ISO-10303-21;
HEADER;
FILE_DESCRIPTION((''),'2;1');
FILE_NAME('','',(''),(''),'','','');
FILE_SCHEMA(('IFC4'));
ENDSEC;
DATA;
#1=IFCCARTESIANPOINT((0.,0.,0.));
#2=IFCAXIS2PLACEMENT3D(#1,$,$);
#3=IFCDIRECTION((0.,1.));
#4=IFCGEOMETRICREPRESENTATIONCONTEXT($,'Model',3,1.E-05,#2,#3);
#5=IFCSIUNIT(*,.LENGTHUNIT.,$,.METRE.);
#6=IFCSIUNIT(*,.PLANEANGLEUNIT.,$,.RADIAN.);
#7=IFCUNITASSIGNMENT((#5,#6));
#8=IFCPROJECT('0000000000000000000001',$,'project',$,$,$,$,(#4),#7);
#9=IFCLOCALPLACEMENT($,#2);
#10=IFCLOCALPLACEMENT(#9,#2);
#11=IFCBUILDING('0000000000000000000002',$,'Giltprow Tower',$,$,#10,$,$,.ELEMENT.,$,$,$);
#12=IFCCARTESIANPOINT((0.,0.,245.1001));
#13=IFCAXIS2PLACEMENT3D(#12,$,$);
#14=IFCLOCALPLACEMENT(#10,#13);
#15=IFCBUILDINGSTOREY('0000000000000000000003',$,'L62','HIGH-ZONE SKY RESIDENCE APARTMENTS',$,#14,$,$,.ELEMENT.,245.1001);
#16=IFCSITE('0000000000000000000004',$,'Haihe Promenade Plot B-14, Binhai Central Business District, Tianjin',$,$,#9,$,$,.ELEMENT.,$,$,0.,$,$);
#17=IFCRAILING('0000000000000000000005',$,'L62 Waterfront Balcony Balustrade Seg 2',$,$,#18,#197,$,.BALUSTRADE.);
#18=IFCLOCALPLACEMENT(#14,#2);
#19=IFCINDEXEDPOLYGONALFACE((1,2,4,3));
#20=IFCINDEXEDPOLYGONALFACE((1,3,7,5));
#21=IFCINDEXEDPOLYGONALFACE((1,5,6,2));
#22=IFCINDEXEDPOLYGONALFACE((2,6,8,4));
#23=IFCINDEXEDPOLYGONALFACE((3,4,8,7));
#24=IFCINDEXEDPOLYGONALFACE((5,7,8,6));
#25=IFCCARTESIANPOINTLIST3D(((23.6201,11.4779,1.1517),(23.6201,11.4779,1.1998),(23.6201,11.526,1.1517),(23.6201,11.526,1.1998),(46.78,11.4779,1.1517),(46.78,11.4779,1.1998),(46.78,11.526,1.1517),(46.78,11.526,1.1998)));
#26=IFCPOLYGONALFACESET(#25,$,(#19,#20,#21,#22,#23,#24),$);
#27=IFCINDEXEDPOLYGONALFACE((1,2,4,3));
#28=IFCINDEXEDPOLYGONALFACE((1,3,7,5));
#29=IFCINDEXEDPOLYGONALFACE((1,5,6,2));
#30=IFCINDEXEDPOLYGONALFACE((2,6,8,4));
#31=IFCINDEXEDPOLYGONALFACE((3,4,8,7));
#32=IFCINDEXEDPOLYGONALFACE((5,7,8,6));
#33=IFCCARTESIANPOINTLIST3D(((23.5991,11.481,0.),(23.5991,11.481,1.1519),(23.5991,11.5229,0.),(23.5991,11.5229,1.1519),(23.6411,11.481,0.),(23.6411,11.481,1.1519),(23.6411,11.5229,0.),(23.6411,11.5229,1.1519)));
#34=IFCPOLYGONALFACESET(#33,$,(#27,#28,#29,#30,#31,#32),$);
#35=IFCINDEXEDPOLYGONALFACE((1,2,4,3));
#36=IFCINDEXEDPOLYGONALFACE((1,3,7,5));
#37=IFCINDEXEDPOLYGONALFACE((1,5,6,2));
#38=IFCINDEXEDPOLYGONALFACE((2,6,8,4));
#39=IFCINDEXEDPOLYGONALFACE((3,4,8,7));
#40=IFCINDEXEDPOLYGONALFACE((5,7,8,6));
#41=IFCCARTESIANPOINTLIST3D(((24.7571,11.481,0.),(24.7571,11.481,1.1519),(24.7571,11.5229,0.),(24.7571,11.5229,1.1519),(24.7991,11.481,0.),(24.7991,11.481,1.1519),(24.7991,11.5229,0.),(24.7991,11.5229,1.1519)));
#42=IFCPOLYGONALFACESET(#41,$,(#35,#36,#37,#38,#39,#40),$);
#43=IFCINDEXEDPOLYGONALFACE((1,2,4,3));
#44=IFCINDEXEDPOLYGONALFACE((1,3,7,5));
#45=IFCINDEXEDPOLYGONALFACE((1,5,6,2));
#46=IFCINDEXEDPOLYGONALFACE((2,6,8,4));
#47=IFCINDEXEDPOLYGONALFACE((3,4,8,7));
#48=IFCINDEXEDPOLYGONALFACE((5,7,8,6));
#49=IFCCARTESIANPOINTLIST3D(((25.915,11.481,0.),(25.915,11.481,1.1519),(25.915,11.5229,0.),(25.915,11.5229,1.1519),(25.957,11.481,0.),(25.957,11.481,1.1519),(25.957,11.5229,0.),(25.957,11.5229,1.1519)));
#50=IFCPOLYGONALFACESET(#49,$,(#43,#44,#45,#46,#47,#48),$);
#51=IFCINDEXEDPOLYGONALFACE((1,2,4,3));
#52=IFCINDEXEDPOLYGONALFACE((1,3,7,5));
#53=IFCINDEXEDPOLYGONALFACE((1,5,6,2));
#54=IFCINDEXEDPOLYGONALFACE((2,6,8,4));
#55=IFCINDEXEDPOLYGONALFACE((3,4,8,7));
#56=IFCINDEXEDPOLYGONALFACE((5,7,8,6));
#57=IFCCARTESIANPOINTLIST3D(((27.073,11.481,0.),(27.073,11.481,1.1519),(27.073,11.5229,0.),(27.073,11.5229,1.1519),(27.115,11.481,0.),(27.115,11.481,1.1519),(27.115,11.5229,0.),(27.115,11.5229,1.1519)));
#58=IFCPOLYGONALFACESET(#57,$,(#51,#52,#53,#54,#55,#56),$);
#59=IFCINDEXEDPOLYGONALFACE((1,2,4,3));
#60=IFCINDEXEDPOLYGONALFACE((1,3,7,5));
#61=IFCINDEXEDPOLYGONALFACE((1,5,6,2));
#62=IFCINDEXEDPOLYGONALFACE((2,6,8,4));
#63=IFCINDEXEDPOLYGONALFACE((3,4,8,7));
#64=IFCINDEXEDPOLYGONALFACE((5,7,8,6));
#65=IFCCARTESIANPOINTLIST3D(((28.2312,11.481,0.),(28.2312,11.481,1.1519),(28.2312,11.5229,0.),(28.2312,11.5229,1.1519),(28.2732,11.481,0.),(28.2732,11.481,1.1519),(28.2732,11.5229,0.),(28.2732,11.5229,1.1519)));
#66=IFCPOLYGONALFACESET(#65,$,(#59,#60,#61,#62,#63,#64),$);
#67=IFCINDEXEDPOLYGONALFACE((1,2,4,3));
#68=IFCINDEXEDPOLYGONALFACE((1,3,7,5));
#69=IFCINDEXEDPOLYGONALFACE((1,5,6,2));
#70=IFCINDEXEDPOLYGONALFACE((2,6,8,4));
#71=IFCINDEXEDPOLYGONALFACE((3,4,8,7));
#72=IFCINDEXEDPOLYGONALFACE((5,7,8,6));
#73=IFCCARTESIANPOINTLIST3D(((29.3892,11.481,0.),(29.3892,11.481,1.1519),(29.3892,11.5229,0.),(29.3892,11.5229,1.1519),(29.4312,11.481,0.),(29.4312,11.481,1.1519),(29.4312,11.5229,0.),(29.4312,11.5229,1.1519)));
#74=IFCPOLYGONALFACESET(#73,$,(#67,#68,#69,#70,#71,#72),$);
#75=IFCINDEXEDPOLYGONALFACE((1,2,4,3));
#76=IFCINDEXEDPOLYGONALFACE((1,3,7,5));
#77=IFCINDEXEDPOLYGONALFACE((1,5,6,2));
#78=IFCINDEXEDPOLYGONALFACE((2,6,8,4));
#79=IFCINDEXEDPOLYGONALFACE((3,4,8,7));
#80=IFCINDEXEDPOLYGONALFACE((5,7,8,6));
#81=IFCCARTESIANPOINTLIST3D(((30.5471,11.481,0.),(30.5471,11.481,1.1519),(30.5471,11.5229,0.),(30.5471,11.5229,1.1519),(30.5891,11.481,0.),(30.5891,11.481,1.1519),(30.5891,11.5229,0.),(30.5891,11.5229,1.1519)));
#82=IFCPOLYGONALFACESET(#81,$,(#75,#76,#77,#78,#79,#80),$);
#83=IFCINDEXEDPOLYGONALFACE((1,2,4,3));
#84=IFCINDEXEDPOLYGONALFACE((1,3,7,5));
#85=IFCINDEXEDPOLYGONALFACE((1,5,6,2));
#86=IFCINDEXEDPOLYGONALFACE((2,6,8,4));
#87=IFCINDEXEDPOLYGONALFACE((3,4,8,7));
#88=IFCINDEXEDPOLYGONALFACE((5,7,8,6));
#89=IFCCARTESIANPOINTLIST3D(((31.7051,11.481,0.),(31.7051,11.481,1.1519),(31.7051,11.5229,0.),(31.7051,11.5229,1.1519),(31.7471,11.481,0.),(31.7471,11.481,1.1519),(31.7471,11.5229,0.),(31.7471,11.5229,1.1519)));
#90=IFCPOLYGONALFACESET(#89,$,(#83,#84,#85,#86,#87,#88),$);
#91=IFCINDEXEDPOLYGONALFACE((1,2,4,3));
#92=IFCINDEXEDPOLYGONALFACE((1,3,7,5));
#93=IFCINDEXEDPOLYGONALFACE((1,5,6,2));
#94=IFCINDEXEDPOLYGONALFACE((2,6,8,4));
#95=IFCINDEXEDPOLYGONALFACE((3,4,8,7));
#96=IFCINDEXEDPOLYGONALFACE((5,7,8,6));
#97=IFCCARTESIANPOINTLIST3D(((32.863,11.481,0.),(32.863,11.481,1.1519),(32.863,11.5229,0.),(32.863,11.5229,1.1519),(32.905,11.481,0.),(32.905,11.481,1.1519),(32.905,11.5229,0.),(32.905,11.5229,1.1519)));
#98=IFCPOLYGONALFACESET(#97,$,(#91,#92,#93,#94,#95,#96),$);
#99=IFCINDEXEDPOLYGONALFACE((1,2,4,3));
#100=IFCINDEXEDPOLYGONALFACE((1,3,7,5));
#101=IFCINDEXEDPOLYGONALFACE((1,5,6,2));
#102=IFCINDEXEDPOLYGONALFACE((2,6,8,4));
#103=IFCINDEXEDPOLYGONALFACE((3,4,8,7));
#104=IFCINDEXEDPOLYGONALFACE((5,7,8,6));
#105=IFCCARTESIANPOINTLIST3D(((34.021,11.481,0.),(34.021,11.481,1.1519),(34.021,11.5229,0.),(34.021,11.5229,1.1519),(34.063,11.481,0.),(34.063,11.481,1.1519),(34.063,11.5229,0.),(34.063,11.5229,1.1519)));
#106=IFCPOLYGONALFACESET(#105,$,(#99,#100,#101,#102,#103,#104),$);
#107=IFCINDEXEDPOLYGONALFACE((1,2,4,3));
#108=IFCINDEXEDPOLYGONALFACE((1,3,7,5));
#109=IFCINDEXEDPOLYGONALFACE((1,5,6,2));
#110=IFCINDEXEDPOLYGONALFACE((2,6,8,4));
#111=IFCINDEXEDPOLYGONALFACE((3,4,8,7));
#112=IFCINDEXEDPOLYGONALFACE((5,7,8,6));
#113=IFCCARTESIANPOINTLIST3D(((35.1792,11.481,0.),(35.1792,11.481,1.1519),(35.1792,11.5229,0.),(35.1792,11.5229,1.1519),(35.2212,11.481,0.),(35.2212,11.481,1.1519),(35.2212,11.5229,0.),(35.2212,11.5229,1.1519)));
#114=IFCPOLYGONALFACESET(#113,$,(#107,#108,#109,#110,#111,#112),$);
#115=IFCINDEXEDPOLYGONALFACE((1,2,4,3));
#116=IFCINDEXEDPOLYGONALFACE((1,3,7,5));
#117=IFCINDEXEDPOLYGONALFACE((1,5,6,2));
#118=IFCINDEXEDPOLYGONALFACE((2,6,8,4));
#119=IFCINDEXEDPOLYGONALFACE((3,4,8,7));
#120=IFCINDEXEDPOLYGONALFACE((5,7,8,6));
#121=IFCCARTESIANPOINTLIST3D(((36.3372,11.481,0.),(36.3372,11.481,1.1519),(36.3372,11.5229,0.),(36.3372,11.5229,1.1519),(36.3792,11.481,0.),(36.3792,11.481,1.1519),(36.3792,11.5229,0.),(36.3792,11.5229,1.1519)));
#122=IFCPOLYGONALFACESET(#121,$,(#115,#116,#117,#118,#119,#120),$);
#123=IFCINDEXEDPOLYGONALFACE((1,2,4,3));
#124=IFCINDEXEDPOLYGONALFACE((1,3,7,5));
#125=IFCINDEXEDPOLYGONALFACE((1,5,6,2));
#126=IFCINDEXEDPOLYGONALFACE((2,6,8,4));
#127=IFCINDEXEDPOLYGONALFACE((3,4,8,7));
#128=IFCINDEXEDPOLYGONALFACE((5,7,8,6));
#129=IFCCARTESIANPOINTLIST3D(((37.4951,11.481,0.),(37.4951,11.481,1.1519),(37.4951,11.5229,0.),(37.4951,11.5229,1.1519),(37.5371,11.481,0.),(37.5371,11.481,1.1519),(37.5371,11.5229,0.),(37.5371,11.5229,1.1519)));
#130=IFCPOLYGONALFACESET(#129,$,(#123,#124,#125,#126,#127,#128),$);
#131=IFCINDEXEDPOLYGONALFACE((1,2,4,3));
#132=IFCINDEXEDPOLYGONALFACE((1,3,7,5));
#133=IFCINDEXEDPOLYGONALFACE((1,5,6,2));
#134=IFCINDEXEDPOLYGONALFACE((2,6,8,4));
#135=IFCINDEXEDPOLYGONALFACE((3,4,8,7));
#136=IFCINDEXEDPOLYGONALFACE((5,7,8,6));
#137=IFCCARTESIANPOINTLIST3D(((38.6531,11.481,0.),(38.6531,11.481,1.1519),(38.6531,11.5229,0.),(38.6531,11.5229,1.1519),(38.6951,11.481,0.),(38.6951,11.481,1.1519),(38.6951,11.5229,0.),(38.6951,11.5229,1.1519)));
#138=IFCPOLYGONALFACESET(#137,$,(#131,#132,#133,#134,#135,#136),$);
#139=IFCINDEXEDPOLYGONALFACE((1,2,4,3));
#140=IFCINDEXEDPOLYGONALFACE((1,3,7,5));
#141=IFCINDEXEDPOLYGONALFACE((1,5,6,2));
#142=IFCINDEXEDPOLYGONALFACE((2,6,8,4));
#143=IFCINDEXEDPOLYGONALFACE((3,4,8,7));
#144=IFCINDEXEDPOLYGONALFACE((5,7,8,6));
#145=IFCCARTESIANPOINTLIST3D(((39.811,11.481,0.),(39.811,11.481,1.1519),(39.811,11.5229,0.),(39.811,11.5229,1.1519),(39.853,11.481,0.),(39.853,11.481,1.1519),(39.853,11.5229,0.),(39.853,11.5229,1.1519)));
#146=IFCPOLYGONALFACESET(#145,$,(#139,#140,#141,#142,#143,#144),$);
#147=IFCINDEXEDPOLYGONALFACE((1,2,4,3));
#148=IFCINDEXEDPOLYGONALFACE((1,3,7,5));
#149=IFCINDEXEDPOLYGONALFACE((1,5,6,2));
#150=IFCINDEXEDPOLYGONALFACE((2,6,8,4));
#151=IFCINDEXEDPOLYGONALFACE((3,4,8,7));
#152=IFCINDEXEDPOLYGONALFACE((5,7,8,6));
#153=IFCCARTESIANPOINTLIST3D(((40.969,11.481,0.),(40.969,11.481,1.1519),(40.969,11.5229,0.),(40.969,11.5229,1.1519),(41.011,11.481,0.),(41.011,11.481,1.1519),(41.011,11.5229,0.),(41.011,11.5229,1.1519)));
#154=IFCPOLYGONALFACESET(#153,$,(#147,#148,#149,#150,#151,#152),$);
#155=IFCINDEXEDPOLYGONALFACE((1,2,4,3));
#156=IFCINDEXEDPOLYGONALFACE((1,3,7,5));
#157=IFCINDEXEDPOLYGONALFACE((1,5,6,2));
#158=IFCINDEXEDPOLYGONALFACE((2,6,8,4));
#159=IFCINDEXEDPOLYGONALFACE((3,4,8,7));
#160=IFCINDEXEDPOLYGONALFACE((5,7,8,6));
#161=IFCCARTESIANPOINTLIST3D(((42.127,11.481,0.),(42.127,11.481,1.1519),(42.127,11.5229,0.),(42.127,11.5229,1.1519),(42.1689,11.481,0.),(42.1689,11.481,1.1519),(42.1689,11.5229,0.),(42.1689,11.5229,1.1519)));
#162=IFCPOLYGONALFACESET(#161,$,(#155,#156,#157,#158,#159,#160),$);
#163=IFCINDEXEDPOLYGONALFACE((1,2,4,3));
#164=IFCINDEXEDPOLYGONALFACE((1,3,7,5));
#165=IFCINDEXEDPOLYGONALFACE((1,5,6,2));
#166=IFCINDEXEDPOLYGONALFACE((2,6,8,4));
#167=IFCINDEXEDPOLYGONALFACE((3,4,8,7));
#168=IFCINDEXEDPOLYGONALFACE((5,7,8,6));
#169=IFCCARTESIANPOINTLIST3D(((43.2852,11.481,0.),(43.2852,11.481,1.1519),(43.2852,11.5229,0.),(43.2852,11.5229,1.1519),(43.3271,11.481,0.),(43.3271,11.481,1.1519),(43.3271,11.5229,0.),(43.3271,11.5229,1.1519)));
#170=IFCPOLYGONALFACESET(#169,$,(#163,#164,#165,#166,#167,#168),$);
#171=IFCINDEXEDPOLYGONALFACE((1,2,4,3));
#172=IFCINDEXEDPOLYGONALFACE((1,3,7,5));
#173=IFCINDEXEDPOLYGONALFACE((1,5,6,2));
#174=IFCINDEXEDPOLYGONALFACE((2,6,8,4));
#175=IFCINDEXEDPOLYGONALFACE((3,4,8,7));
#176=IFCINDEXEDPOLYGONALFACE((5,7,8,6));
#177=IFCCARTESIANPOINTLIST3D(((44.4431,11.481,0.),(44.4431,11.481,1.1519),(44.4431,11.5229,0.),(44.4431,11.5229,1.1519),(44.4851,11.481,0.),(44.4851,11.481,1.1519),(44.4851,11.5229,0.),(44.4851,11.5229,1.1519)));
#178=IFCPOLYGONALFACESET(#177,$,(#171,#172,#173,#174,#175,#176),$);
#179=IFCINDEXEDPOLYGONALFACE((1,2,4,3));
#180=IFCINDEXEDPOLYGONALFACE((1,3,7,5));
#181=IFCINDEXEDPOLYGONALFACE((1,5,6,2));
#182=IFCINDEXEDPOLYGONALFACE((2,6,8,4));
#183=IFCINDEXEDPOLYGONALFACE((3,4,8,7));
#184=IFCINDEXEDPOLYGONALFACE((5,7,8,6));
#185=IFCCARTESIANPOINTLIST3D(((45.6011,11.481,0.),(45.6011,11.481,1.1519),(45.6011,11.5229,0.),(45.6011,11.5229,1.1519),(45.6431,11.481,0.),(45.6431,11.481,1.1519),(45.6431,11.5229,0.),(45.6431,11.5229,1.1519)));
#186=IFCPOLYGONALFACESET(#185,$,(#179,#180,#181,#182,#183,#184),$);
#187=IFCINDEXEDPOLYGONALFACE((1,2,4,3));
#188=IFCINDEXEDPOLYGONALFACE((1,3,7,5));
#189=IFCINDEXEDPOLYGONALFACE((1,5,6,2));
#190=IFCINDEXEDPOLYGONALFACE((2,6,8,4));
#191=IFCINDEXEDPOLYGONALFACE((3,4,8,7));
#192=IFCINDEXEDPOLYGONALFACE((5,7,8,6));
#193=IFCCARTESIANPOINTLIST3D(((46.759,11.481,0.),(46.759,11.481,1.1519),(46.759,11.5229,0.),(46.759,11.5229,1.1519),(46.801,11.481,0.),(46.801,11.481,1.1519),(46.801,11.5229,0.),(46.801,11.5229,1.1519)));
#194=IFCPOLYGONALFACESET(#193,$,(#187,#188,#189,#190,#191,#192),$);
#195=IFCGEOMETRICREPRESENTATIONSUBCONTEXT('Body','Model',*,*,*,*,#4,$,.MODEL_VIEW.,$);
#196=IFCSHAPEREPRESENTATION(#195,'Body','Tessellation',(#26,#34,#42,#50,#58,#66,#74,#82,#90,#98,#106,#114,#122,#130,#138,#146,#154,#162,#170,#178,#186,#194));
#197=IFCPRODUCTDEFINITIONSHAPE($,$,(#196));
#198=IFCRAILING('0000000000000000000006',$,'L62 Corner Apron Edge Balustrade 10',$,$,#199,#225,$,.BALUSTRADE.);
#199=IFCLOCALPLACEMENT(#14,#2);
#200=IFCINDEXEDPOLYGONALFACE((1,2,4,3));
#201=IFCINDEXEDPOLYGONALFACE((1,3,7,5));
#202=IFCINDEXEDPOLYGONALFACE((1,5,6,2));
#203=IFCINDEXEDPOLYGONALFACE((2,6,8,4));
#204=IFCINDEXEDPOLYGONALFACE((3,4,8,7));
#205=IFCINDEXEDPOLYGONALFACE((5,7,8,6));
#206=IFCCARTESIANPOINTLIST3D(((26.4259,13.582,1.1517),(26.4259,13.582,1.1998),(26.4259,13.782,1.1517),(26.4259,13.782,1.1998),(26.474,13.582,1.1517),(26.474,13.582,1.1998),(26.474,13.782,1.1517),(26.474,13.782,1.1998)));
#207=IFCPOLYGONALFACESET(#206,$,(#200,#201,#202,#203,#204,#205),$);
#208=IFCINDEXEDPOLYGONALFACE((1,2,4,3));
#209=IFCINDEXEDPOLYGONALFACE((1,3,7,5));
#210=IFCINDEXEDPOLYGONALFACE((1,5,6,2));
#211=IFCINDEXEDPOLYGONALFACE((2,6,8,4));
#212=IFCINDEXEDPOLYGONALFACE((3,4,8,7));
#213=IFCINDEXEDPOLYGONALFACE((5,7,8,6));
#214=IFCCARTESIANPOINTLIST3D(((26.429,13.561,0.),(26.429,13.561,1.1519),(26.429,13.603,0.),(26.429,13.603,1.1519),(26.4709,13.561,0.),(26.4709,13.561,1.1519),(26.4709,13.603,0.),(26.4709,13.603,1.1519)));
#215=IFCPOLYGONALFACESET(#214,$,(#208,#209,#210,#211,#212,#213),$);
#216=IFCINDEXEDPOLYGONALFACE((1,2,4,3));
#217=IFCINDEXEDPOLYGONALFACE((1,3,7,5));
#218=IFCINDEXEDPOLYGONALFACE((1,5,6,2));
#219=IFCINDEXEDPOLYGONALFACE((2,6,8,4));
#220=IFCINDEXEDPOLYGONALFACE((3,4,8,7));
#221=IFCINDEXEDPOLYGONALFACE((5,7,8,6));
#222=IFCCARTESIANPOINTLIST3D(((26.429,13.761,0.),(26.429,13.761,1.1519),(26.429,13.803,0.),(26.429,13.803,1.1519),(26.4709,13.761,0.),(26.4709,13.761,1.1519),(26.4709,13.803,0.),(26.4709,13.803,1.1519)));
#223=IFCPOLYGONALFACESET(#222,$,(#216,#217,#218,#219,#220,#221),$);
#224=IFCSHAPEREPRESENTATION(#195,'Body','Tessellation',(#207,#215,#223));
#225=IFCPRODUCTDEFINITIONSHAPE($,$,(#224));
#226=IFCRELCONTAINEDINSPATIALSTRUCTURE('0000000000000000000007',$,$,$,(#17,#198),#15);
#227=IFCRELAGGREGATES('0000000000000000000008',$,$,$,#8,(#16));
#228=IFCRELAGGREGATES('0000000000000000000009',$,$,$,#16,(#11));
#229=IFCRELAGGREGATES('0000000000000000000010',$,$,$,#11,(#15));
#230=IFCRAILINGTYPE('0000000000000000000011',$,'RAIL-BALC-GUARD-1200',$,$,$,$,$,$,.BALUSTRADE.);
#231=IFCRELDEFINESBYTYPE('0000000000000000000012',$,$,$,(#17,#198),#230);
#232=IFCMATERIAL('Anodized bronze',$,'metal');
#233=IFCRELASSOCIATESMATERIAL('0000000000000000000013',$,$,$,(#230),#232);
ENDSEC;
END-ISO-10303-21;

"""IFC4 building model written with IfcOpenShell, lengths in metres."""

from ifc_helpers import new_model, si_unit, direction, frame, origin, origin_2d, place, context, subcontext, project, spatial, rectangle, extrude, material, type_object, element, save


model = new_model("IFC4")

# Units and contexts
model_context = context("Model", 3, precision=1e-05, world=origin(), true_north=direction((0.0, 1.0)))
body_context = subcontext(model_context, "Body", "Model", "MODEL_VIEW")
ifc_project = project(units=[si_unit("LENGTHUNIT", "METRE"), si_unit("PLANEANGLEUNIT", "RADIAN")], contexts=[model_context])

# Site, building, storey
site_placement = place(None, origin())
site = spatial("IfcSite", under=ifc_project, at=site_placement, Name="Haihe Promenade Plot B-14, Binhai Central Business District, Tianjin", CompositionType="ELEMENT", RefElevation=0.0)
building_placement = place(site_placement, origin())
building = spatial("IfcBuilding", under=site, at=building_placement, Name="Giltprow Tower", CompositionType="ELEMENT")
storey_placement = place(building_placement, frame((0.0, 0.0, 245.1001)))
storey = spatial("IfcBuildingStorey", under=building, at=storey_placement, Name="L62", Description="HIGH-ZONE SKY RESIDENCE APARTMENTS", CompositionType="ELEMENT", Elevation=245.1001)

# Railings
ifc_material_1 = material(Name="Anodized bronze", Category="metal")
railing_type = type_object("IfcRailingType", Name="RAIL-BALC-GUARD-1200", PredefinedType="BALUSTRADE", material=ifc_material_1)
railing_1_placement = place(storey_placement, frame((23.6201, 11.502, 0.0)))
element("IfcRailing", 1, at=railing_1_placement, inside=storey, type_object=railing_type, Name="L62 Waterfront Balcony Balustrade Seg 2", PredefinedType="BALUSTRADE", context=body_context, shape_type="SweptSolid", body=[
    extrude(rectangle(XDim=0.0481, YDim=0.0481, at=origin_2d()), frame((0.0, 0.0, 1.1758), z_axis=(1.0, 0.0, 0.0), x_axis=(0.0, 1.0, 0.0)), (0.0, 0.0, 1.0), 23.1599),
    extrude(rectangle(XDim=0.042, YDim=0.042, at=origin_2d()), origin(), (0.0, 0.0, 1.0), 1.1519),
    extrude(rectangle(XDim=0.042, YDim=0.042, at=origin_2d()), frame((1.158, 0.0, 0.0)), (0.0, 0.0, 1.0), 1.1519),
    extrude(rectangle(XDim=0.042, YDim=0.042, at=origin_2d()), frame((2.3159, 0.0, 0.0)), (0.0, 0.0, 1.0), 1.1519),
    extrude(rectangle(XDim=0.042, YDim=0.042, at=origin_2d()), frame((3.4739, 0.0, 0.0)), (0.0, 0.0, 1.0), 1.1519),
    extrude(rectangle(XDim=0.042, YDim=0.042, at=origin_2d()), frame((4.6321, 0.0, 0.0)), (0.0, 0.0, 1.0), 1.1519),
    extrude(rectangle(XDim=0.042, YDim=0.042, at=origin_2d()), frame((5.79, 0.0, 0.0)), (0.0, 0.0, 1.0), 1.1519),
    extrude(rectangle(XDim=0.042, YDim=0.042, at=origin_2d()), frame((6.948, 0.0, 0.0)), (0.0, 0.0, 1.0), 1.1519),
    extrude(rectangle(XDim=0.042, YDim=0.042, at=origin_2d()), frame((8.106, 0.0, 0.0)), (0.0, 0.0, 1.0), 1.1519),
    extrude(rectangle(XDim=0.042, YDim=0.042, at=origin_2d()), frame((9.2639, 0.0, 0.0)), (0.0, 0.0, 1.0), 1.1519),
    extrude(rectangle(XDim=0.042, YDim=0.042, at=origin_2d()), frame((10.4219, 0.0, 0.0)), (0.0, 0.0, 1.0), 1.1519),
    extrude(rectangle(XDim=0.042, YDim=0.042, at=origin_2d()), frame((11.5801, 0.0, 0.0)), (0.0, 0.0, 1.0), 1.1519),
    extrude(rectangle(XDim=0.042, YDim=0.042, at=origin_2d()), frame((12.738, 0.0, 0.0)), (0.0, 0.0, 1.0), 1.1519),
    extrude(rectangle(XDim=0.042, YDim=0.042, at=origin_2d()), frame((13.896, 0.0, 0.0)), (0.0, 0.0, 1.0), 1.1519),
    extrude(rectangle(XDim=0.042, YDim=0.042, at=origin_2d()), frame((15.054, 0.0, 0.0)), (0.0, 0.0, 1.0), 1.1519),
    extrude(rectangle(XDim=0.042, YDim=0.042, at=origin_2d()), frame((16.2119, 0.0, 0.0)), (0.0, 0.0, 1.0), 1.1519),
    extrude(rectangle(XDim=0.042, YDim=0.042, at=origin_2d()), frame((17.3699, 0.0, 0.0)), (0.0, 0.0, 1.0), 1.1519),
    extrude(rectangle(XDim=0.042, YDim=0.042, at=origin_2d()), frame((18.5278, 0.0, 0.0)), (0.0, 0.0, 1.0), 1.1519),
    extrude(rectangle(XDim=0.042, YDim=0.042, at=origin_2d()), frame((19.686, 0.0, 0.0)), (0.0, 0.0, 1.0), 1.1519),
    extrude(rectangle(XDim=0.042, YDim=0.042, at=origin_2d()), frame((20.844, 0.0, 0.0)), (0.0, 0.0, 1.0), 1.1519),
    extrude(rectangle(XDim=0.042, YDim=0.042, at=origin_2d()), frame((22.002, 0.0, 0.0)), (0.0, 0.0, 1.0), 1.1519),
    extrude(rectangle(XDim=0.042, YDim=0.042, at=origin_2d()), frame((23.1599, 0.0, 0.0)), (0.0, 0.0, 1.0), 1.1519),
])
railing_2_placement = place(storey_placement, frame((26.45, 13.582, 0.0)))
element("IfcRailing", 2, at=railing_2_placement, inside=storey, type_object=railing_type, Name="L62 Corner Apron Edge Balustrade 10", PredefinedType="BALUSTRADE", context=body_context, shape_type="SweptSolid", body=[
    extrude(rectangle(XDim=0.0481, YDim=0.0481, at=origin_2d()), frame((0.0, 0.0, 1.1758), z_axis=(0.0, 1.0, 0.0), x_axis=(-1.0, 0.0, 0.0)), (0.0, 0.0, 1.0), 0.2),
    extrude(rectangle(XDim=0.042, YDim=0.042, at=origin_2d()), origin(), (0.0, 0.0, 1.0), 1.1519),
    extrude(rectangle(XDim=0.042, YDim=0.042, at=origin_2d()), frame((0.0, 0.2, 0.0)), (0.0, 0.0, 1.0), 1.1519),
])

save(model, "model.ifc")
